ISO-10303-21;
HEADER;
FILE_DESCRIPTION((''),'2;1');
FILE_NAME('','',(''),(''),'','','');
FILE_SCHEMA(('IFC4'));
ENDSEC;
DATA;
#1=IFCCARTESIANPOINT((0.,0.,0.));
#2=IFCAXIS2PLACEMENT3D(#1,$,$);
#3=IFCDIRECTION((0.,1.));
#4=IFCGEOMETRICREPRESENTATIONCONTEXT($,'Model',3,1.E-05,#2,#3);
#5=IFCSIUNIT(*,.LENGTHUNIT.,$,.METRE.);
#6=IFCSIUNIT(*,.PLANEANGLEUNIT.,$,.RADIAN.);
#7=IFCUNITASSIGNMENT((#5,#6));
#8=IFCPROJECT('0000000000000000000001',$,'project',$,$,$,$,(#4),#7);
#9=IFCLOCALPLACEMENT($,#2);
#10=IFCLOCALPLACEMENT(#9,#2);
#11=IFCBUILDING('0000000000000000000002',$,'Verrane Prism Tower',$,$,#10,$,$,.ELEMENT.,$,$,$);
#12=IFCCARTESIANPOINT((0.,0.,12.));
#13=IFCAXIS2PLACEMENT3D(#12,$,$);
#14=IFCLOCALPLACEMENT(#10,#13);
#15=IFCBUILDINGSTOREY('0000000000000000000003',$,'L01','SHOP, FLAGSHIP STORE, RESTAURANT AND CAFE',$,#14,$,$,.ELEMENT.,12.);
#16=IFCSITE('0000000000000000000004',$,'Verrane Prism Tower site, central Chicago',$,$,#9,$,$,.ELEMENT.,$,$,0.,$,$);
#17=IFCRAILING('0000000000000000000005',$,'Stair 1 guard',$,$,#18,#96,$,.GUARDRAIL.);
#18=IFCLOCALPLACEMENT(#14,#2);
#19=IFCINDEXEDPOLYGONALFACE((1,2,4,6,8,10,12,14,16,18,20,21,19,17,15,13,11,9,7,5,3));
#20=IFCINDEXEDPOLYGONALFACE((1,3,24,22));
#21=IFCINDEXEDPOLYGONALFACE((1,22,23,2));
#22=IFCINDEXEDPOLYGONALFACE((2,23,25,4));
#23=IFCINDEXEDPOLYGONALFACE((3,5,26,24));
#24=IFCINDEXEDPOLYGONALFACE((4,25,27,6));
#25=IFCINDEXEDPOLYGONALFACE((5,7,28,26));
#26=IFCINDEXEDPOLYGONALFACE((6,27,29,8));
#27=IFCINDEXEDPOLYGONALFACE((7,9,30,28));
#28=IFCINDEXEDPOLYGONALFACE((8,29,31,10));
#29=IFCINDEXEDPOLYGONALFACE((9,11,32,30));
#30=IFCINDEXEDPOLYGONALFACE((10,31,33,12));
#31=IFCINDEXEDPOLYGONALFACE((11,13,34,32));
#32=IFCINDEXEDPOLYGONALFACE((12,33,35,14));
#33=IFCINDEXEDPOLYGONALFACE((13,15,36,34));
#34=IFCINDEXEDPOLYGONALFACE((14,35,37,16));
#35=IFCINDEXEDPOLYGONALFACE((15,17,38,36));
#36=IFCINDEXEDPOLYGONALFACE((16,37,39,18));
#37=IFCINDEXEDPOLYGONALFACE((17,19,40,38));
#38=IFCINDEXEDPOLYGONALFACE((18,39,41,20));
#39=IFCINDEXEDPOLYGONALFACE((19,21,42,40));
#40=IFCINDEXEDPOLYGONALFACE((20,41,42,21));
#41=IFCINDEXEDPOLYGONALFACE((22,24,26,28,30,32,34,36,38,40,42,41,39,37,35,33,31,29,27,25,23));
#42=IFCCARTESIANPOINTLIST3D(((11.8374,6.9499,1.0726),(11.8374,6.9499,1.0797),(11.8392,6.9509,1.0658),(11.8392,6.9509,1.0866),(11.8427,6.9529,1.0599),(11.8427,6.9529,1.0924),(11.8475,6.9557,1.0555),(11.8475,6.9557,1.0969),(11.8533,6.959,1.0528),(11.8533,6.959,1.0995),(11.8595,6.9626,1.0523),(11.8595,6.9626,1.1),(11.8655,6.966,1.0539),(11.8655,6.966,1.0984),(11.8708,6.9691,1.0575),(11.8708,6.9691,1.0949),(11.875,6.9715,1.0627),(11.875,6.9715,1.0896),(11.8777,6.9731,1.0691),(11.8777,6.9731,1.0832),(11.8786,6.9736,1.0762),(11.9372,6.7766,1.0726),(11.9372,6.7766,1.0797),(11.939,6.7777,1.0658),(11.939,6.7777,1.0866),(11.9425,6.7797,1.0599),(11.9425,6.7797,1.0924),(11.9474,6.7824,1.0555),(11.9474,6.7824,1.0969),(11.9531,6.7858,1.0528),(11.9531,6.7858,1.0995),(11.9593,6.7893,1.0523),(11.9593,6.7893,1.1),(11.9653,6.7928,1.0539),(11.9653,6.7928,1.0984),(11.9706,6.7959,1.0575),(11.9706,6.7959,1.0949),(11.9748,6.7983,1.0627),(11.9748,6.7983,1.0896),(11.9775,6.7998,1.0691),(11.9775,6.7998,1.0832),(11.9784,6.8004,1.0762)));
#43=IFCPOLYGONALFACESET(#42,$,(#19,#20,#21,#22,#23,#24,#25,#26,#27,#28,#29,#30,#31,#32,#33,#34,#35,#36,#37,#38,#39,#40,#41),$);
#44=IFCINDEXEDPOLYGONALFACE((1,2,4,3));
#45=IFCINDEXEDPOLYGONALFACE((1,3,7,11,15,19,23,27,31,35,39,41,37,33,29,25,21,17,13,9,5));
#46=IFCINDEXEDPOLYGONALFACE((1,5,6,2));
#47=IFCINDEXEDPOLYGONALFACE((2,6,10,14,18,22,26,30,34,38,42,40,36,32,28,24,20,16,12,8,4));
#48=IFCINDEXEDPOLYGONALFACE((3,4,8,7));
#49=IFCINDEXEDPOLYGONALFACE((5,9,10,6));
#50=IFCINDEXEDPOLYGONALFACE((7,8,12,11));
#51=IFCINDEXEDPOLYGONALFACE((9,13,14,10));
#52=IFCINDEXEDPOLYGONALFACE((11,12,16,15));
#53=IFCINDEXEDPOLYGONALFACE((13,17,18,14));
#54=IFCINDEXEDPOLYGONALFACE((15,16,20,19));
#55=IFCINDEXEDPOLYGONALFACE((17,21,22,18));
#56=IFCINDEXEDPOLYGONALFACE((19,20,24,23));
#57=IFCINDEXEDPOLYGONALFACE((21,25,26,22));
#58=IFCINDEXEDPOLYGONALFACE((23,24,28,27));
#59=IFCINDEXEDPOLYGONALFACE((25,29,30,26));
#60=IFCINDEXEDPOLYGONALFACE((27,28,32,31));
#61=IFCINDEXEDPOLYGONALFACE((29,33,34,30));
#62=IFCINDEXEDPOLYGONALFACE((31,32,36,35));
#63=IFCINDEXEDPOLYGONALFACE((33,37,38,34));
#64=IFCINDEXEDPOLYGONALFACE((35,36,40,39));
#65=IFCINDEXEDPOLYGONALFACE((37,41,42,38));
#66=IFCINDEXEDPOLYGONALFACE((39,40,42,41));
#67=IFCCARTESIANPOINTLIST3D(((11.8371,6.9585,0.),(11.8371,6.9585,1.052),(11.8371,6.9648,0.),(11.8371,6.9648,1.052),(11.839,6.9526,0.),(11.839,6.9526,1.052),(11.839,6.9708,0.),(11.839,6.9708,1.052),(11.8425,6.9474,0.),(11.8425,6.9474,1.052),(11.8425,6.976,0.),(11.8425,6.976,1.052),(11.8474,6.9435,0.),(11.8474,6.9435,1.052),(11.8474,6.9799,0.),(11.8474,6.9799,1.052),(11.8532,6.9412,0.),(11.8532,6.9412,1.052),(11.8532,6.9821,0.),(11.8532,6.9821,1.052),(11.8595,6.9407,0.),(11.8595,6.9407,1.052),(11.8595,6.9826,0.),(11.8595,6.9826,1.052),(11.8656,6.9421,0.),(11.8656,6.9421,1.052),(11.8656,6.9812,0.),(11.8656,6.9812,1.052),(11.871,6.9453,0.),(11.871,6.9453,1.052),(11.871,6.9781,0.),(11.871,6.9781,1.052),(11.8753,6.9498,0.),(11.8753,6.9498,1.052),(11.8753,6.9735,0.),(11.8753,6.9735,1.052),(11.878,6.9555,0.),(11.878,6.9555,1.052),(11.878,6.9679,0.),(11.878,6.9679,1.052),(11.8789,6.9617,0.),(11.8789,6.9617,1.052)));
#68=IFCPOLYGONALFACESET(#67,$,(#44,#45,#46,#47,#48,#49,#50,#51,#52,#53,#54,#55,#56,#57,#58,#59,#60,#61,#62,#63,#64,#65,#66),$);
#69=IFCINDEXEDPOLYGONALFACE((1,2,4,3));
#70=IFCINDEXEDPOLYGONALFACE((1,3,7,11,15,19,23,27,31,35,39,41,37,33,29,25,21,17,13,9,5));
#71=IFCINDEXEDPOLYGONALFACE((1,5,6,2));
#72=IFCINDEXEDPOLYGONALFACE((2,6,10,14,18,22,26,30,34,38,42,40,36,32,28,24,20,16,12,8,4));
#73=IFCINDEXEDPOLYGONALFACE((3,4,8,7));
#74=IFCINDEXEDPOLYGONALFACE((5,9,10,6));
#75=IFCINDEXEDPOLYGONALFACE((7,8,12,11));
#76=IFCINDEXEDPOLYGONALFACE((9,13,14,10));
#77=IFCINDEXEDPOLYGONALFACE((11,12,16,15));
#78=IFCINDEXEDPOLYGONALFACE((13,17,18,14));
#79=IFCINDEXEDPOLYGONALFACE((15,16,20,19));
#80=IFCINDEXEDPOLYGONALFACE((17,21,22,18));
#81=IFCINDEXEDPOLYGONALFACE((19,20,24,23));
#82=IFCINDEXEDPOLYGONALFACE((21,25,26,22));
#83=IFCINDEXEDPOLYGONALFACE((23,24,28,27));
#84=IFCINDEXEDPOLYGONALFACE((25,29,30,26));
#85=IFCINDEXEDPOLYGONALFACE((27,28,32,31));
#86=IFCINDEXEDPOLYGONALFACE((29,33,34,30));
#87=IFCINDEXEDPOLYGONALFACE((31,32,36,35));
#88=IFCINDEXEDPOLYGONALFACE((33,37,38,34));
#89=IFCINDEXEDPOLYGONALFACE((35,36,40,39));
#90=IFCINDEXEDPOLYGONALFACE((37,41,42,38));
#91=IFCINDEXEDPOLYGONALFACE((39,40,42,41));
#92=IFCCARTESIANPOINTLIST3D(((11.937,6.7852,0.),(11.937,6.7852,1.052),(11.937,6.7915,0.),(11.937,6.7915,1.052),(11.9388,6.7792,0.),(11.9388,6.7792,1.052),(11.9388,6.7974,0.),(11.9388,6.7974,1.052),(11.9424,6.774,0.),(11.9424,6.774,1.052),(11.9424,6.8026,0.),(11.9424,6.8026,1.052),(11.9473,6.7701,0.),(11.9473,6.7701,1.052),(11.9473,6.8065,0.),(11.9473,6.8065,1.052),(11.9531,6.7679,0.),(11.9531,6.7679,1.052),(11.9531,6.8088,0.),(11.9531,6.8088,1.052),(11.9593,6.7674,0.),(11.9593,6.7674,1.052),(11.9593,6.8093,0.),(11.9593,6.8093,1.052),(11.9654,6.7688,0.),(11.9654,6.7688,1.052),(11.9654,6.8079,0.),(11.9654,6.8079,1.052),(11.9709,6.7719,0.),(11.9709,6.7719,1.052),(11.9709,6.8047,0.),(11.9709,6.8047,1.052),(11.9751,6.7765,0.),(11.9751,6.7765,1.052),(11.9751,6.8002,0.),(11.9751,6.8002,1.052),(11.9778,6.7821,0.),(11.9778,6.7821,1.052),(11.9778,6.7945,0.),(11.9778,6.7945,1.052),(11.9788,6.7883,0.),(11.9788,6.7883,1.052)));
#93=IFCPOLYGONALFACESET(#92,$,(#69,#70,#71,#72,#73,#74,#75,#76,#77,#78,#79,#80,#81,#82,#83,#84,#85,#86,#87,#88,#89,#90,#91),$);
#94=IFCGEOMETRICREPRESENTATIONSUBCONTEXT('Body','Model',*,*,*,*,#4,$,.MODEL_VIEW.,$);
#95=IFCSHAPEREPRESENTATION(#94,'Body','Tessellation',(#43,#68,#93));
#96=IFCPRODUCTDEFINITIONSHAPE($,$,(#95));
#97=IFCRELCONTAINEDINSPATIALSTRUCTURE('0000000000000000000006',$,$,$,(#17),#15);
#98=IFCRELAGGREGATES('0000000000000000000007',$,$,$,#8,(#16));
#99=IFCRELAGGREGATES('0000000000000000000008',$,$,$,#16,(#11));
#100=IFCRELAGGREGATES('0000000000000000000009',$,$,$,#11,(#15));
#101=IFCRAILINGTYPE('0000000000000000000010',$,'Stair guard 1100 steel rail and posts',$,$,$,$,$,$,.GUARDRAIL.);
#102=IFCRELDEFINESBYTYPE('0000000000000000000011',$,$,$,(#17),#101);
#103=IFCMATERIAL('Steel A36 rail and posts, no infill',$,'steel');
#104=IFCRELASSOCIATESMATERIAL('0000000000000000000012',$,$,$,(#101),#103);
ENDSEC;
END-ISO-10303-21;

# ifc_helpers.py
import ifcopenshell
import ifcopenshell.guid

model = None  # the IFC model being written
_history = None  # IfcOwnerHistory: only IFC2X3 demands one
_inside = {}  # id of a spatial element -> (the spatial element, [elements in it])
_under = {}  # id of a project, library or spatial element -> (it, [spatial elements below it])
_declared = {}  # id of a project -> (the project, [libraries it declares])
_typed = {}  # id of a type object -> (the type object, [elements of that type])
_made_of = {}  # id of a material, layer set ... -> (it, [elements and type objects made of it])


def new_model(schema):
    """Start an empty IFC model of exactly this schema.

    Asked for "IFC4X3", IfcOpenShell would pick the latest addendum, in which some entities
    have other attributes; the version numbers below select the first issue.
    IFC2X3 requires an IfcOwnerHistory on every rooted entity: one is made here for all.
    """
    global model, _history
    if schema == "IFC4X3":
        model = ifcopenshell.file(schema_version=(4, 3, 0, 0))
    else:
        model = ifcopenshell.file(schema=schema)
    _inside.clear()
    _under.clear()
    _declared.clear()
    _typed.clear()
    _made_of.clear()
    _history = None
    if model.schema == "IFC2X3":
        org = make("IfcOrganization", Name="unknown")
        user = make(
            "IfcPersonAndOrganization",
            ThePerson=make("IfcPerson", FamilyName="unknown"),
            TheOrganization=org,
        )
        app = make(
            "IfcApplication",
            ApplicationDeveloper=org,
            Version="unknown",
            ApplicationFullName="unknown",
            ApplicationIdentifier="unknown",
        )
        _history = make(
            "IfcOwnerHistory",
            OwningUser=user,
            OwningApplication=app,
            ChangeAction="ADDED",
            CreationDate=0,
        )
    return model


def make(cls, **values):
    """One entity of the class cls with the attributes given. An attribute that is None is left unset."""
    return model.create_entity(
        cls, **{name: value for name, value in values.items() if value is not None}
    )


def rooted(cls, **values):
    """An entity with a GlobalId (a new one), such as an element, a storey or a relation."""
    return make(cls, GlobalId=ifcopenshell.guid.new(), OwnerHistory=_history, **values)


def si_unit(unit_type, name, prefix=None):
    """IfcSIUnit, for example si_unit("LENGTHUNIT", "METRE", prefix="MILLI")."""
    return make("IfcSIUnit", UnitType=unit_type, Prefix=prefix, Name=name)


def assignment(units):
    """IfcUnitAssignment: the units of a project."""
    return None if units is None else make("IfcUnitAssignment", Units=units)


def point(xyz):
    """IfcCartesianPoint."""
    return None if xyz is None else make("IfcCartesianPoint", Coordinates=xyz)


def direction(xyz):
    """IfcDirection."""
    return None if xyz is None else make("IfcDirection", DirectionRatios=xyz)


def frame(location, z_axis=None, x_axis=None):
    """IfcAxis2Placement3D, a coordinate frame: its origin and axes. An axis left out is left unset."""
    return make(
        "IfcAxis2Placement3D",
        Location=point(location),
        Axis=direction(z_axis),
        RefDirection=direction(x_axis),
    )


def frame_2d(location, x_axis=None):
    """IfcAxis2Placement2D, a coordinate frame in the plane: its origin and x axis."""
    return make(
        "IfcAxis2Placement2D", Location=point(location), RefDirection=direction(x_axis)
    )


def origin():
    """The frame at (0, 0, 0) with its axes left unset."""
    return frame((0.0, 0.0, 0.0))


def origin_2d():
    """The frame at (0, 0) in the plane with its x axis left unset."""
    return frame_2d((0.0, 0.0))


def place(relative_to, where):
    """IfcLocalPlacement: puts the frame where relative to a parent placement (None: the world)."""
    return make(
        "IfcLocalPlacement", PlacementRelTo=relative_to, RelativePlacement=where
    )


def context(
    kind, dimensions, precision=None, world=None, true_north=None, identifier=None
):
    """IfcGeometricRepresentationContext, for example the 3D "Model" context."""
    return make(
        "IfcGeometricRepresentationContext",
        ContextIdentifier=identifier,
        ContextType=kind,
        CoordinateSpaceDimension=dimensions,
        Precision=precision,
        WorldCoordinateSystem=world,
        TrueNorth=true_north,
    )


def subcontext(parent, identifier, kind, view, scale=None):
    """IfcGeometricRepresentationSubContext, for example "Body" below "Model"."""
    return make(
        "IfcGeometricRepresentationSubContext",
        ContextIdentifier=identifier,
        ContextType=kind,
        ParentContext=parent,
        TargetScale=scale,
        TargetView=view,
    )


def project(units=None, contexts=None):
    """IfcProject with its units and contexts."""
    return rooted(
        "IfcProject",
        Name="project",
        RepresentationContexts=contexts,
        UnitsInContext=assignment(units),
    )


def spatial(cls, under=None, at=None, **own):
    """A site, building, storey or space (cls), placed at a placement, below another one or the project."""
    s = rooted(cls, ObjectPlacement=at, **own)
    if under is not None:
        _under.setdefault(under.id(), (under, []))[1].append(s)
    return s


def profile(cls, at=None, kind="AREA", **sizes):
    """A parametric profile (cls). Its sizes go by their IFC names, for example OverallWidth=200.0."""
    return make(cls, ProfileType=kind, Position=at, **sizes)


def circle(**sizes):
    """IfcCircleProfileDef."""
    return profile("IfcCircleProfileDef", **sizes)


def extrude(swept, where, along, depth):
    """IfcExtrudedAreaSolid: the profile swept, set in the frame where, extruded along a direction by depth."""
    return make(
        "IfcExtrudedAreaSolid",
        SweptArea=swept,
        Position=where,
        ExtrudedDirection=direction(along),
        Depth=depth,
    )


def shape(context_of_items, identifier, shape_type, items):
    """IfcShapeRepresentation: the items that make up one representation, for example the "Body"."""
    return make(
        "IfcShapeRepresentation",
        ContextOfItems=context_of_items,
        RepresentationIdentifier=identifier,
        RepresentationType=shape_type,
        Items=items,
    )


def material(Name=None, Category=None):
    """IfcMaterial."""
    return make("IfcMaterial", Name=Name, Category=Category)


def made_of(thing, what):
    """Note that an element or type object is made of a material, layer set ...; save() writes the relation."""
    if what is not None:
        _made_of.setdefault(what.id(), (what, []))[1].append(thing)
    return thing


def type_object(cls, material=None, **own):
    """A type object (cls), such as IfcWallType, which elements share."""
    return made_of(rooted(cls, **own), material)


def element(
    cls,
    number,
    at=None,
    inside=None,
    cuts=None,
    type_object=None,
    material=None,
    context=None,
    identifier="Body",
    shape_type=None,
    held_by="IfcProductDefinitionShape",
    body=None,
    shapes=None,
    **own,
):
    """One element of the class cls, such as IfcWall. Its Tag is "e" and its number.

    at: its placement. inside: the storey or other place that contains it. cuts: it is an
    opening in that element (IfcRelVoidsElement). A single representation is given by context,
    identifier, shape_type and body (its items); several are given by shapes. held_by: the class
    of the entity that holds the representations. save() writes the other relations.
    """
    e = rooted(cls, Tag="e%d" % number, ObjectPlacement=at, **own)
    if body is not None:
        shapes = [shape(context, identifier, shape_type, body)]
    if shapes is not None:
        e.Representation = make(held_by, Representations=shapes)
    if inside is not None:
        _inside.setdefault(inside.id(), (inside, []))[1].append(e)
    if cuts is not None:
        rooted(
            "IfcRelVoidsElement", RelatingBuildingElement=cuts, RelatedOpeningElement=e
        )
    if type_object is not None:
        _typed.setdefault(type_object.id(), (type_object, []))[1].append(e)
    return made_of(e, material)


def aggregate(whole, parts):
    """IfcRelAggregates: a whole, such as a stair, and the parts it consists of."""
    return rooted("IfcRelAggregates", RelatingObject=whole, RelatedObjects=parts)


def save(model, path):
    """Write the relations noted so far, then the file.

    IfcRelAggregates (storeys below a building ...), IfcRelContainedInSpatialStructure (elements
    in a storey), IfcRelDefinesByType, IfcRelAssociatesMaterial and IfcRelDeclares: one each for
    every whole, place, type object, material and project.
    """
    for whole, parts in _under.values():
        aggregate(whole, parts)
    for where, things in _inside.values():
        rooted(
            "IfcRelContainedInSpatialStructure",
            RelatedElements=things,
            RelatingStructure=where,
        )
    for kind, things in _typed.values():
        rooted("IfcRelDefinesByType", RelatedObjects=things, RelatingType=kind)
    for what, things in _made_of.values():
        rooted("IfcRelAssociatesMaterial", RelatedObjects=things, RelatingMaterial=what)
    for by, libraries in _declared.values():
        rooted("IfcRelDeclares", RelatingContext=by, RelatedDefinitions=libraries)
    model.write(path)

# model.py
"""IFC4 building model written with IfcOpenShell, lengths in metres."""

from ifc_helpers import new_model, si_unit, direction, frame, origin, origin_2d, place, context, subcontext, project, spatial, circle, extrude, material, type_object, element, save


model = new_model("IFC4")

# Units and contexts
model_context = context("Model", 3, precision=1e-05, world=origin(), true_north=direction((0.0, 1.0)))
body_context = subcontext(model_context, "Body", "Model", "MODEL_VIEW")
ifc_project = project(units=[si_unit("LENGTHUNIT", "METRE"), si_unit("PLANEANGLEUNIT", "RADIAN")], contexts=[model_context])

# Site, building, storey
site_placement = place(None, origin())
site = spatial("IfcSite", under=ifc_project, at=site_placement, Name="Verrane Prism Tower site, central Chicago", CompositionType="ELEMENT", RefElevation=0.0)
building_placement = place(site_placement, origin())
building = spatial("IfcBuilding", under=site, at=building_placement, Name="Verrane Prism Tower", CompositionType="ELEMENT")
storey_placement = place(building_placement, frame((0.0, 0.0, 12.0)))
storey = spatial("IfcBuildingStorey", under=building, at=storey_placement, Name="L01", Description="SHOP, FLAGSHIP STORE, RESTAURANT AND CAFE", CompositionType="ELEMENT", Elevation=12.0)

# Railing
ifc_material_1 = material(Name="Steel A36 rail and posts, no infill", Category="steel")
railing_type_1 = type_object("IfcRailingType", Name="Stair guard 1100 steel rail and posts", PredefinedType="GUARDRAIL", material=ifc_material_1)
railing_1_placement = place(storey_placement, frame((11.8579, 6.9617, 0.0)))
element("IfcRailing", 1, at=railing_1_placement, inside=storey, type_object=railing_type_1, Name="Stair 1 guard", PredefinedType="GUARDRAIL", context=body_context, shape_type="SweptSolid", body=[
    extrude(circle(Radius=0.0239, at=origin_2d()), frame((0.0, 0.0, 1.0762), z_axis=(0.499159, -0.86651, 0.0), x_axis=(0.86651, 0.499159, 0.0)), (0.0, 0.0, 1.0), 0.2),
    extrude(circle(Radius=0.021, at=origin_2d()), origin(), (0.0, 0.0, 1.0), 1.052),
    extrude(circle(Radius=0.021, at=origin_2d()), frame((0.0999, -0.1733, 0.0)), (0.0, 0.0, 1.0), 1.052),
])

save(model, "model.ifc")
